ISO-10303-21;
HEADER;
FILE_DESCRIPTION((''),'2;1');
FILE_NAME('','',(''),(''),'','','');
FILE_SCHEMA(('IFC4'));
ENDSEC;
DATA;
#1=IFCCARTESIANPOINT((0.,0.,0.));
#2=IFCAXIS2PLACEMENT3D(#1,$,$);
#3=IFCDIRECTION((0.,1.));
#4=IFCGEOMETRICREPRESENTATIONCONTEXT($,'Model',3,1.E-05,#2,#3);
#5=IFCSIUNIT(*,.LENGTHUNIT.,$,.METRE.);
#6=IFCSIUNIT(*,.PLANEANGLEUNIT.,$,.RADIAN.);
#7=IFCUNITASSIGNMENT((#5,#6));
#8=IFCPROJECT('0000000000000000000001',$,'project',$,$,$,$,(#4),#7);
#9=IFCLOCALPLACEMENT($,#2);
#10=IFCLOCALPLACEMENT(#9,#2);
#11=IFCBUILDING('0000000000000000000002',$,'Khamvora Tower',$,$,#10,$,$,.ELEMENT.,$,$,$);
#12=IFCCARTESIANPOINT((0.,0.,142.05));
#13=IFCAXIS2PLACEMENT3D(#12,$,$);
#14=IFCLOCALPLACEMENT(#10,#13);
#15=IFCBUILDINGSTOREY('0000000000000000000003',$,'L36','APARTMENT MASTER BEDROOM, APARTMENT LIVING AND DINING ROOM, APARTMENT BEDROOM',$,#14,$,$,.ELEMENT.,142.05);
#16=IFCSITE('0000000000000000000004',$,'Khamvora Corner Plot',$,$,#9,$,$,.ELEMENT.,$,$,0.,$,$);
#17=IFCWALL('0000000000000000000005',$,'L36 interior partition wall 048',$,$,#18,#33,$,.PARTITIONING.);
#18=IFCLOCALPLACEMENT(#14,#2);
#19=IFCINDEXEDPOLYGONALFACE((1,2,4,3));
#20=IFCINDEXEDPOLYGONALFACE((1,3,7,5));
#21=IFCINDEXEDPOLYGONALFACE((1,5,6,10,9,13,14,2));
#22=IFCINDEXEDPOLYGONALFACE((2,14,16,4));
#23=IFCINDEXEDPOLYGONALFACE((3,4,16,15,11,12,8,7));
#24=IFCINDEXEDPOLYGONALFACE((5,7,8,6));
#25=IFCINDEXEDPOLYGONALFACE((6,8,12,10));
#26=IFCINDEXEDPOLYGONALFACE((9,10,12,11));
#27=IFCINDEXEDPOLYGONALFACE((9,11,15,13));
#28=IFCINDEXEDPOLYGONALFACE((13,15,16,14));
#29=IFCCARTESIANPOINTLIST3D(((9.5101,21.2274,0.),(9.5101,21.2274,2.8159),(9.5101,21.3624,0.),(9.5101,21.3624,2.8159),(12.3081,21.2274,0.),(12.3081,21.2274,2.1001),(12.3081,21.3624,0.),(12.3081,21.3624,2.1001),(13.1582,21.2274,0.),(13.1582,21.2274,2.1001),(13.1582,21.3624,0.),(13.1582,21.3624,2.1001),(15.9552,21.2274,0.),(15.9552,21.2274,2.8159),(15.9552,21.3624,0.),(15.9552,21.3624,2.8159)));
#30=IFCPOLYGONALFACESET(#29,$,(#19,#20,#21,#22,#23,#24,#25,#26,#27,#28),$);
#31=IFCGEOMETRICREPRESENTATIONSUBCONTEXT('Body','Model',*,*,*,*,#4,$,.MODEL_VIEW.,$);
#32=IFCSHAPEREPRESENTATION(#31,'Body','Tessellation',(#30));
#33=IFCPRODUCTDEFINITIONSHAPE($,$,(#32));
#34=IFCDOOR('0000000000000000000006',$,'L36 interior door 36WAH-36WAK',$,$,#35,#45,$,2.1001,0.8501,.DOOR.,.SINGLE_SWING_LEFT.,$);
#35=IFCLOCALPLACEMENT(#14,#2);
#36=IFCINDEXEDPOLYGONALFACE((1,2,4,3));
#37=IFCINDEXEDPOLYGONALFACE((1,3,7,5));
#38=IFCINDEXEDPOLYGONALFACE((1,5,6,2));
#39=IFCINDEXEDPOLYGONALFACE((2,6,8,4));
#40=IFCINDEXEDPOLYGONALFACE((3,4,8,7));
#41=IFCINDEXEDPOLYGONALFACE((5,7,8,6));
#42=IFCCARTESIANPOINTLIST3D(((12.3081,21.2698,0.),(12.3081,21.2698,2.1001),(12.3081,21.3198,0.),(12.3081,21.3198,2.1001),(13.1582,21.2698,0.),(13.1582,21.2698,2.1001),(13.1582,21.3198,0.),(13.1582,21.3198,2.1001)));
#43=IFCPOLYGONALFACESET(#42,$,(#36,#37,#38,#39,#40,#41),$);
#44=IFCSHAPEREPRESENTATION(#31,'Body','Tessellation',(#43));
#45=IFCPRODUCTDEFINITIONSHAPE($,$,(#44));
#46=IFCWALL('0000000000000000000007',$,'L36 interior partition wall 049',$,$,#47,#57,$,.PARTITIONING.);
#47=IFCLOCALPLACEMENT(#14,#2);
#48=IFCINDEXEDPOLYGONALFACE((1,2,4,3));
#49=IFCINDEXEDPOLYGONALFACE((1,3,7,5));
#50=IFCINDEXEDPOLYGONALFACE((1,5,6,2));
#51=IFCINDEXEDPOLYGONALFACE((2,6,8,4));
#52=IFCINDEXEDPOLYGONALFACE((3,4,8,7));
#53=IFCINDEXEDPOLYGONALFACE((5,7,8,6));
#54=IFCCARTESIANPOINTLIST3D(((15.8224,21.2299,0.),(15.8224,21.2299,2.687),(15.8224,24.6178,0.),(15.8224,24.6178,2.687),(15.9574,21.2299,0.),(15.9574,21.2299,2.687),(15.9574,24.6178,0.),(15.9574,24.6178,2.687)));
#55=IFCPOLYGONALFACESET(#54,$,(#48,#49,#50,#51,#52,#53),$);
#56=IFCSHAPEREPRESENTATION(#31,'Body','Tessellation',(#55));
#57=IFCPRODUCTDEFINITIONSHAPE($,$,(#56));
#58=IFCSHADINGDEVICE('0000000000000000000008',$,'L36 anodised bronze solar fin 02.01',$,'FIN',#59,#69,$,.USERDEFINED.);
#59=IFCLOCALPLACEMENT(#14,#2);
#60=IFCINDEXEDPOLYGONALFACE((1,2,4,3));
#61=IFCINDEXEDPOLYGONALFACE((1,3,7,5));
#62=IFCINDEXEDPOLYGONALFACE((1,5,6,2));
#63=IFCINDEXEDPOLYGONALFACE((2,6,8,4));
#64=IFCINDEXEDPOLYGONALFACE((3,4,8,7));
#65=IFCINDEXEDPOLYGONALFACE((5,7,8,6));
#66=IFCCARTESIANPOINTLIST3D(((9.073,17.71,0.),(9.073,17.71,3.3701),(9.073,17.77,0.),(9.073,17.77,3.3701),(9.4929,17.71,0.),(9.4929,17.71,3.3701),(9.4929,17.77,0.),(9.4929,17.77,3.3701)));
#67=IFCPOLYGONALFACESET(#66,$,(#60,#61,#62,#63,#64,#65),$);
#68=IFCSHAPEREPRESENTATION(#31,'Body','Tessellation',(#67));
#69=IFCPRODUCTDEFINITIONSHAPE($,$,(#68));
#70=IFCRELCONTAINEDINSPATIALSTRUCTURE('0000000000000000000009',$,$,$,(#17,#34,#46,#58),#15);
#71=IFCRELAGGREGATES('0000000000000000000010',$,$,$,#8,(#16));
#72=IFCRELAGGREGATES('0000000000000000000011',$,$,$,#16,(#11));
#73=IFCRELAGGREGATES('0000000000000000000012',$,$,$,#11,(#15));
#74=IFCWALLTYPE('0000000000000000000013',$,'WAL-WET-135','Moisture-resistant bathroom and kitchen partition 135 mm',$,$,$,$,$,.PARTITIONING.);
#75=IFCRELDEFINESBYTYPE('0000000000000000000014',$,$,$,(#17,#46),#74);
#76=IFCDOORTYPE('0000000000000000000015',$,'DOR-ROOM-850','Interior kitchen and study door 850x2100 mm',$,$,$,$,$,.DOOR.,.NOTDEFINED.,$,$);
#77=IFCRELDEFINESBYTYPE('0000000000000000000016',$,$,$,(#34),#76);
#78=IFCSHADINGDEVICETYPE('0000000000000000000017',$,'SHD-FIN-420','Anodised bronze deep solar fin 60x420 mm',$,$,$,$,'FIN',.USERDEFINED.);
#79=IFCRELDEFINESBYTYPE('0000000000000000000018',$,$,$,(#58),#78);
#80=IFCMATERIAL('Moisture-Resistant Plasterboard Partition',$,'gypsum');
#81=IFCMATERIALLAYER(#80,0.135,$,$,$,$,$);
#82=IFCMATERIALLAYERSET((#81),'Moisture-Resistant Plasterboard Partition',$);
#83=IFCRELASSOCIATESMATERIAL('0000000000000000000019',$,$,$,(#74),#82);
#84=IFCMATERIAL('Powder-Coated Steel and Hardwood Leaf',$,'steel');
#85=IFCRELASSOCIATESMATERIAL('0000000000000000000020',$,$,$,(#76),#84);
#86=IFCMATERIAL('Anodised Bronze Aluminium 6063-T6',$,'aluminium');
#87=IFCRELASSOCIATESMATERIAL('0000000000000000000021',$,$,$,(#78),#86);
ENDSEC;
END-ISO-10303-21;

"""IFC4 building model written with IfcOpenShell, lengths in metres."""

from ifc_helpers import new_model, si_unit, direction, frame, frame_2d, origin, origin_2d, place, context, subcontext, project, spatial, rectangle, extrude, material, layer, layer_set, type_object, element, fill, save


model = new_model("IFC4")

# Units and contexts
model_context = context("Model", 3, precision=1e-05, world=origin(), true_north=direction((0.0, 1.0)))
body_context = subcontext(model_context, "Body", "Model", "MODEL_VIEW")
ifc_project = project(units=[si_unit("LENGTHUNIT", "METRE"), si_unit("PLANEANGLEUNIT", "RADIAN")], contexts=[model_context])

# Site, building, storey
site_placement = place(None, origin())
site = spatial("IfcSite", under=ifc_project, at=site_placement, Name="Khamvora Corner Plot", CompositionType="ELEMENT", RefElevation=0.0)
building_placement = place(site_placement, origin())
building = spatial("IfcBuilding", under=site, at=building_placement, Name="Khamvora Tower", CompositionType="ELEMENT")
storey_placement = place(building_placement, frame((0.0, 0.0, 142.05)))
storey = spatial("IfcBuildingStorey", under=building, at=storey_placement, Name="L36", Description="APARTMENT MASTER BEDROOM, APARTMENT LIVING AND DINING ROOM, APARTMENT BEDROOM", CompositionType="ELEMENT", Elevation=142.05)

# Wall, opening, door
ifc_material_1 = material(Name="Moisture-Resistant Plasterboard Partition", Category="gypsum")
ifc_layer_1 = layer(ifc_material_1, 0.135)
ifc_layer_set_1 = layer_set([ifc_layer_1], Name="Moisture-Resistant Plasterboard Partition")
wall_type = type_object("IfcWallType", Name="WAL-WET-135", Description="Moisture-resistant bathroom and kitchen partition 135 mm", PredefinedType="PARTITIONING", material=ifc_layer_set_1)
wall_1_placement = place(storey_placement, frame((9.51, 21.2949, 0.0), z_axis=(0.0, 0.0, 1.0), x_axis=(1.0, 0.0, 0.0)))
wall_1 = element("IfcWall", 1, at=wall_1_placement, inside=storey, type_object=wall_type, Name="L36 interior partition wall 048", PredefinedType="PARTITIONING", context=body_context, shape_type="SweptSolid", body=[
    extrude(rectangle(XDim=6.4451, YDim=0.135, at=frame_2d((3.2227, 0.0))), origin(), (0.0, 0.0, 1.0), 2.8159),
])
opening_placement = place(wall_1_placement, frame((2.7981, 0.0, 0.0)))
opening = element("IfcOpeningElement", 2, at=opening_placement, cuts=wall_1, PredefinedType="OPENING", context=body_context, shape_type="SweptSolid", body=[
    extrude(rectangle(XDim=0.8501, YDim=2.1001, at=frame_2d((0.425, 1.05))), frame((0.0, 0.0774, 0.0), z_axis=(0.0, -1.0, 0.0), x_axis=(1.0, 0.0, 0.0)), (0.0, 0.0, 1.0), 0.155),
])
ifc_material_2 = material(Name="Powder-Coated Steel and Hardwood Leaf", Category="steel")
door_type = type_object("IfcDoorType", Name="DOR-ROOM-850", Description="Interior kitchen and study door 850x2100 mm", OperationType="NOTDEFINED", PredefinedType="DOOR", material=ifc_material_2)
door_placement = place(opening_placement, origin())
door = element("IfcDoor", 3, at=door_placement, inside=storey, type_object=door_type, Name="L36 interior door 36WAH-36WAK", OperationType="SINGLE_SWING_LEFT", OverallHeight=2.1001, OverallWidth=0.8501, PredefinedType="DOOR", context=body_context, shape_type="SweptSolid", body=[
    extrude(rectangle(XDim=0.8501, YDim=2.1001, at=frame_2d((0.425, 1.05))), frame((0.0, 0.0249, 0.0), z_axis=(0.0, -1.0, 0.0), x_axis=(1.0, 0.0, 0.0)), (0.0, 0.0, 1.0), 0.05),
])
fill(opening, door)

# Wall
wall_2_placement = place(storey_placement, frame((15.8899, 21.23, 0.0), z_axis=(0.0, 0.0, 1.0), x_axis=(0.0, 1.0, 0.0)))
element("IfcWall", 4, at=wall_2_placement, inside=storey, type_object=wall_type, Name="L36 interior partition wall 049", PredefinedType="PARTITIONING", context=body_context, shape_type="SweptSolid", body=[
    extrude(rectangle(XDim=3.3879, YDim=0.135, at=frame_2d((1.6938, 0.0))), origin(), (0.0, 0.0, 1.0), 2.687),
])

# Shading device
ifc_material_3 = material(Name="Anodised Bronze Aluminium 6063-T6", Category="aluminium")
shading_device_type = type_object("IfcShadingDeviceType", Name="SHD-FIN-420", Description="Anodised bronze deep solar fin 60x420 mm", ElementType="FIN", PredefinedType="USERDEFINED", material=ifc_material_3)
shading_device_placement = place(storey_placement, frame((9.283, 17.74, 0.0), z_axis=(0.0, 0.0, 1.0), x_axis=(0.0, 1.0, 0.0)))
element("IfcShadingDevice", 5, at=shading_device_placement, inside=storey, type_object=shading_device_type, Name="L36 anodised bronze solar fin 02.01", ObjectType="FIN", PredefinedType="USERDEFINED", context=body_context, shape_type="SweptSolid", body=[
    extrude(rectangle(XDim=0.0601, YDim=0.4199, at=origin_2d()), origin(), (0.0, 0.0, 1.0), 3.3701),
])

save(model, "model.ifc")
